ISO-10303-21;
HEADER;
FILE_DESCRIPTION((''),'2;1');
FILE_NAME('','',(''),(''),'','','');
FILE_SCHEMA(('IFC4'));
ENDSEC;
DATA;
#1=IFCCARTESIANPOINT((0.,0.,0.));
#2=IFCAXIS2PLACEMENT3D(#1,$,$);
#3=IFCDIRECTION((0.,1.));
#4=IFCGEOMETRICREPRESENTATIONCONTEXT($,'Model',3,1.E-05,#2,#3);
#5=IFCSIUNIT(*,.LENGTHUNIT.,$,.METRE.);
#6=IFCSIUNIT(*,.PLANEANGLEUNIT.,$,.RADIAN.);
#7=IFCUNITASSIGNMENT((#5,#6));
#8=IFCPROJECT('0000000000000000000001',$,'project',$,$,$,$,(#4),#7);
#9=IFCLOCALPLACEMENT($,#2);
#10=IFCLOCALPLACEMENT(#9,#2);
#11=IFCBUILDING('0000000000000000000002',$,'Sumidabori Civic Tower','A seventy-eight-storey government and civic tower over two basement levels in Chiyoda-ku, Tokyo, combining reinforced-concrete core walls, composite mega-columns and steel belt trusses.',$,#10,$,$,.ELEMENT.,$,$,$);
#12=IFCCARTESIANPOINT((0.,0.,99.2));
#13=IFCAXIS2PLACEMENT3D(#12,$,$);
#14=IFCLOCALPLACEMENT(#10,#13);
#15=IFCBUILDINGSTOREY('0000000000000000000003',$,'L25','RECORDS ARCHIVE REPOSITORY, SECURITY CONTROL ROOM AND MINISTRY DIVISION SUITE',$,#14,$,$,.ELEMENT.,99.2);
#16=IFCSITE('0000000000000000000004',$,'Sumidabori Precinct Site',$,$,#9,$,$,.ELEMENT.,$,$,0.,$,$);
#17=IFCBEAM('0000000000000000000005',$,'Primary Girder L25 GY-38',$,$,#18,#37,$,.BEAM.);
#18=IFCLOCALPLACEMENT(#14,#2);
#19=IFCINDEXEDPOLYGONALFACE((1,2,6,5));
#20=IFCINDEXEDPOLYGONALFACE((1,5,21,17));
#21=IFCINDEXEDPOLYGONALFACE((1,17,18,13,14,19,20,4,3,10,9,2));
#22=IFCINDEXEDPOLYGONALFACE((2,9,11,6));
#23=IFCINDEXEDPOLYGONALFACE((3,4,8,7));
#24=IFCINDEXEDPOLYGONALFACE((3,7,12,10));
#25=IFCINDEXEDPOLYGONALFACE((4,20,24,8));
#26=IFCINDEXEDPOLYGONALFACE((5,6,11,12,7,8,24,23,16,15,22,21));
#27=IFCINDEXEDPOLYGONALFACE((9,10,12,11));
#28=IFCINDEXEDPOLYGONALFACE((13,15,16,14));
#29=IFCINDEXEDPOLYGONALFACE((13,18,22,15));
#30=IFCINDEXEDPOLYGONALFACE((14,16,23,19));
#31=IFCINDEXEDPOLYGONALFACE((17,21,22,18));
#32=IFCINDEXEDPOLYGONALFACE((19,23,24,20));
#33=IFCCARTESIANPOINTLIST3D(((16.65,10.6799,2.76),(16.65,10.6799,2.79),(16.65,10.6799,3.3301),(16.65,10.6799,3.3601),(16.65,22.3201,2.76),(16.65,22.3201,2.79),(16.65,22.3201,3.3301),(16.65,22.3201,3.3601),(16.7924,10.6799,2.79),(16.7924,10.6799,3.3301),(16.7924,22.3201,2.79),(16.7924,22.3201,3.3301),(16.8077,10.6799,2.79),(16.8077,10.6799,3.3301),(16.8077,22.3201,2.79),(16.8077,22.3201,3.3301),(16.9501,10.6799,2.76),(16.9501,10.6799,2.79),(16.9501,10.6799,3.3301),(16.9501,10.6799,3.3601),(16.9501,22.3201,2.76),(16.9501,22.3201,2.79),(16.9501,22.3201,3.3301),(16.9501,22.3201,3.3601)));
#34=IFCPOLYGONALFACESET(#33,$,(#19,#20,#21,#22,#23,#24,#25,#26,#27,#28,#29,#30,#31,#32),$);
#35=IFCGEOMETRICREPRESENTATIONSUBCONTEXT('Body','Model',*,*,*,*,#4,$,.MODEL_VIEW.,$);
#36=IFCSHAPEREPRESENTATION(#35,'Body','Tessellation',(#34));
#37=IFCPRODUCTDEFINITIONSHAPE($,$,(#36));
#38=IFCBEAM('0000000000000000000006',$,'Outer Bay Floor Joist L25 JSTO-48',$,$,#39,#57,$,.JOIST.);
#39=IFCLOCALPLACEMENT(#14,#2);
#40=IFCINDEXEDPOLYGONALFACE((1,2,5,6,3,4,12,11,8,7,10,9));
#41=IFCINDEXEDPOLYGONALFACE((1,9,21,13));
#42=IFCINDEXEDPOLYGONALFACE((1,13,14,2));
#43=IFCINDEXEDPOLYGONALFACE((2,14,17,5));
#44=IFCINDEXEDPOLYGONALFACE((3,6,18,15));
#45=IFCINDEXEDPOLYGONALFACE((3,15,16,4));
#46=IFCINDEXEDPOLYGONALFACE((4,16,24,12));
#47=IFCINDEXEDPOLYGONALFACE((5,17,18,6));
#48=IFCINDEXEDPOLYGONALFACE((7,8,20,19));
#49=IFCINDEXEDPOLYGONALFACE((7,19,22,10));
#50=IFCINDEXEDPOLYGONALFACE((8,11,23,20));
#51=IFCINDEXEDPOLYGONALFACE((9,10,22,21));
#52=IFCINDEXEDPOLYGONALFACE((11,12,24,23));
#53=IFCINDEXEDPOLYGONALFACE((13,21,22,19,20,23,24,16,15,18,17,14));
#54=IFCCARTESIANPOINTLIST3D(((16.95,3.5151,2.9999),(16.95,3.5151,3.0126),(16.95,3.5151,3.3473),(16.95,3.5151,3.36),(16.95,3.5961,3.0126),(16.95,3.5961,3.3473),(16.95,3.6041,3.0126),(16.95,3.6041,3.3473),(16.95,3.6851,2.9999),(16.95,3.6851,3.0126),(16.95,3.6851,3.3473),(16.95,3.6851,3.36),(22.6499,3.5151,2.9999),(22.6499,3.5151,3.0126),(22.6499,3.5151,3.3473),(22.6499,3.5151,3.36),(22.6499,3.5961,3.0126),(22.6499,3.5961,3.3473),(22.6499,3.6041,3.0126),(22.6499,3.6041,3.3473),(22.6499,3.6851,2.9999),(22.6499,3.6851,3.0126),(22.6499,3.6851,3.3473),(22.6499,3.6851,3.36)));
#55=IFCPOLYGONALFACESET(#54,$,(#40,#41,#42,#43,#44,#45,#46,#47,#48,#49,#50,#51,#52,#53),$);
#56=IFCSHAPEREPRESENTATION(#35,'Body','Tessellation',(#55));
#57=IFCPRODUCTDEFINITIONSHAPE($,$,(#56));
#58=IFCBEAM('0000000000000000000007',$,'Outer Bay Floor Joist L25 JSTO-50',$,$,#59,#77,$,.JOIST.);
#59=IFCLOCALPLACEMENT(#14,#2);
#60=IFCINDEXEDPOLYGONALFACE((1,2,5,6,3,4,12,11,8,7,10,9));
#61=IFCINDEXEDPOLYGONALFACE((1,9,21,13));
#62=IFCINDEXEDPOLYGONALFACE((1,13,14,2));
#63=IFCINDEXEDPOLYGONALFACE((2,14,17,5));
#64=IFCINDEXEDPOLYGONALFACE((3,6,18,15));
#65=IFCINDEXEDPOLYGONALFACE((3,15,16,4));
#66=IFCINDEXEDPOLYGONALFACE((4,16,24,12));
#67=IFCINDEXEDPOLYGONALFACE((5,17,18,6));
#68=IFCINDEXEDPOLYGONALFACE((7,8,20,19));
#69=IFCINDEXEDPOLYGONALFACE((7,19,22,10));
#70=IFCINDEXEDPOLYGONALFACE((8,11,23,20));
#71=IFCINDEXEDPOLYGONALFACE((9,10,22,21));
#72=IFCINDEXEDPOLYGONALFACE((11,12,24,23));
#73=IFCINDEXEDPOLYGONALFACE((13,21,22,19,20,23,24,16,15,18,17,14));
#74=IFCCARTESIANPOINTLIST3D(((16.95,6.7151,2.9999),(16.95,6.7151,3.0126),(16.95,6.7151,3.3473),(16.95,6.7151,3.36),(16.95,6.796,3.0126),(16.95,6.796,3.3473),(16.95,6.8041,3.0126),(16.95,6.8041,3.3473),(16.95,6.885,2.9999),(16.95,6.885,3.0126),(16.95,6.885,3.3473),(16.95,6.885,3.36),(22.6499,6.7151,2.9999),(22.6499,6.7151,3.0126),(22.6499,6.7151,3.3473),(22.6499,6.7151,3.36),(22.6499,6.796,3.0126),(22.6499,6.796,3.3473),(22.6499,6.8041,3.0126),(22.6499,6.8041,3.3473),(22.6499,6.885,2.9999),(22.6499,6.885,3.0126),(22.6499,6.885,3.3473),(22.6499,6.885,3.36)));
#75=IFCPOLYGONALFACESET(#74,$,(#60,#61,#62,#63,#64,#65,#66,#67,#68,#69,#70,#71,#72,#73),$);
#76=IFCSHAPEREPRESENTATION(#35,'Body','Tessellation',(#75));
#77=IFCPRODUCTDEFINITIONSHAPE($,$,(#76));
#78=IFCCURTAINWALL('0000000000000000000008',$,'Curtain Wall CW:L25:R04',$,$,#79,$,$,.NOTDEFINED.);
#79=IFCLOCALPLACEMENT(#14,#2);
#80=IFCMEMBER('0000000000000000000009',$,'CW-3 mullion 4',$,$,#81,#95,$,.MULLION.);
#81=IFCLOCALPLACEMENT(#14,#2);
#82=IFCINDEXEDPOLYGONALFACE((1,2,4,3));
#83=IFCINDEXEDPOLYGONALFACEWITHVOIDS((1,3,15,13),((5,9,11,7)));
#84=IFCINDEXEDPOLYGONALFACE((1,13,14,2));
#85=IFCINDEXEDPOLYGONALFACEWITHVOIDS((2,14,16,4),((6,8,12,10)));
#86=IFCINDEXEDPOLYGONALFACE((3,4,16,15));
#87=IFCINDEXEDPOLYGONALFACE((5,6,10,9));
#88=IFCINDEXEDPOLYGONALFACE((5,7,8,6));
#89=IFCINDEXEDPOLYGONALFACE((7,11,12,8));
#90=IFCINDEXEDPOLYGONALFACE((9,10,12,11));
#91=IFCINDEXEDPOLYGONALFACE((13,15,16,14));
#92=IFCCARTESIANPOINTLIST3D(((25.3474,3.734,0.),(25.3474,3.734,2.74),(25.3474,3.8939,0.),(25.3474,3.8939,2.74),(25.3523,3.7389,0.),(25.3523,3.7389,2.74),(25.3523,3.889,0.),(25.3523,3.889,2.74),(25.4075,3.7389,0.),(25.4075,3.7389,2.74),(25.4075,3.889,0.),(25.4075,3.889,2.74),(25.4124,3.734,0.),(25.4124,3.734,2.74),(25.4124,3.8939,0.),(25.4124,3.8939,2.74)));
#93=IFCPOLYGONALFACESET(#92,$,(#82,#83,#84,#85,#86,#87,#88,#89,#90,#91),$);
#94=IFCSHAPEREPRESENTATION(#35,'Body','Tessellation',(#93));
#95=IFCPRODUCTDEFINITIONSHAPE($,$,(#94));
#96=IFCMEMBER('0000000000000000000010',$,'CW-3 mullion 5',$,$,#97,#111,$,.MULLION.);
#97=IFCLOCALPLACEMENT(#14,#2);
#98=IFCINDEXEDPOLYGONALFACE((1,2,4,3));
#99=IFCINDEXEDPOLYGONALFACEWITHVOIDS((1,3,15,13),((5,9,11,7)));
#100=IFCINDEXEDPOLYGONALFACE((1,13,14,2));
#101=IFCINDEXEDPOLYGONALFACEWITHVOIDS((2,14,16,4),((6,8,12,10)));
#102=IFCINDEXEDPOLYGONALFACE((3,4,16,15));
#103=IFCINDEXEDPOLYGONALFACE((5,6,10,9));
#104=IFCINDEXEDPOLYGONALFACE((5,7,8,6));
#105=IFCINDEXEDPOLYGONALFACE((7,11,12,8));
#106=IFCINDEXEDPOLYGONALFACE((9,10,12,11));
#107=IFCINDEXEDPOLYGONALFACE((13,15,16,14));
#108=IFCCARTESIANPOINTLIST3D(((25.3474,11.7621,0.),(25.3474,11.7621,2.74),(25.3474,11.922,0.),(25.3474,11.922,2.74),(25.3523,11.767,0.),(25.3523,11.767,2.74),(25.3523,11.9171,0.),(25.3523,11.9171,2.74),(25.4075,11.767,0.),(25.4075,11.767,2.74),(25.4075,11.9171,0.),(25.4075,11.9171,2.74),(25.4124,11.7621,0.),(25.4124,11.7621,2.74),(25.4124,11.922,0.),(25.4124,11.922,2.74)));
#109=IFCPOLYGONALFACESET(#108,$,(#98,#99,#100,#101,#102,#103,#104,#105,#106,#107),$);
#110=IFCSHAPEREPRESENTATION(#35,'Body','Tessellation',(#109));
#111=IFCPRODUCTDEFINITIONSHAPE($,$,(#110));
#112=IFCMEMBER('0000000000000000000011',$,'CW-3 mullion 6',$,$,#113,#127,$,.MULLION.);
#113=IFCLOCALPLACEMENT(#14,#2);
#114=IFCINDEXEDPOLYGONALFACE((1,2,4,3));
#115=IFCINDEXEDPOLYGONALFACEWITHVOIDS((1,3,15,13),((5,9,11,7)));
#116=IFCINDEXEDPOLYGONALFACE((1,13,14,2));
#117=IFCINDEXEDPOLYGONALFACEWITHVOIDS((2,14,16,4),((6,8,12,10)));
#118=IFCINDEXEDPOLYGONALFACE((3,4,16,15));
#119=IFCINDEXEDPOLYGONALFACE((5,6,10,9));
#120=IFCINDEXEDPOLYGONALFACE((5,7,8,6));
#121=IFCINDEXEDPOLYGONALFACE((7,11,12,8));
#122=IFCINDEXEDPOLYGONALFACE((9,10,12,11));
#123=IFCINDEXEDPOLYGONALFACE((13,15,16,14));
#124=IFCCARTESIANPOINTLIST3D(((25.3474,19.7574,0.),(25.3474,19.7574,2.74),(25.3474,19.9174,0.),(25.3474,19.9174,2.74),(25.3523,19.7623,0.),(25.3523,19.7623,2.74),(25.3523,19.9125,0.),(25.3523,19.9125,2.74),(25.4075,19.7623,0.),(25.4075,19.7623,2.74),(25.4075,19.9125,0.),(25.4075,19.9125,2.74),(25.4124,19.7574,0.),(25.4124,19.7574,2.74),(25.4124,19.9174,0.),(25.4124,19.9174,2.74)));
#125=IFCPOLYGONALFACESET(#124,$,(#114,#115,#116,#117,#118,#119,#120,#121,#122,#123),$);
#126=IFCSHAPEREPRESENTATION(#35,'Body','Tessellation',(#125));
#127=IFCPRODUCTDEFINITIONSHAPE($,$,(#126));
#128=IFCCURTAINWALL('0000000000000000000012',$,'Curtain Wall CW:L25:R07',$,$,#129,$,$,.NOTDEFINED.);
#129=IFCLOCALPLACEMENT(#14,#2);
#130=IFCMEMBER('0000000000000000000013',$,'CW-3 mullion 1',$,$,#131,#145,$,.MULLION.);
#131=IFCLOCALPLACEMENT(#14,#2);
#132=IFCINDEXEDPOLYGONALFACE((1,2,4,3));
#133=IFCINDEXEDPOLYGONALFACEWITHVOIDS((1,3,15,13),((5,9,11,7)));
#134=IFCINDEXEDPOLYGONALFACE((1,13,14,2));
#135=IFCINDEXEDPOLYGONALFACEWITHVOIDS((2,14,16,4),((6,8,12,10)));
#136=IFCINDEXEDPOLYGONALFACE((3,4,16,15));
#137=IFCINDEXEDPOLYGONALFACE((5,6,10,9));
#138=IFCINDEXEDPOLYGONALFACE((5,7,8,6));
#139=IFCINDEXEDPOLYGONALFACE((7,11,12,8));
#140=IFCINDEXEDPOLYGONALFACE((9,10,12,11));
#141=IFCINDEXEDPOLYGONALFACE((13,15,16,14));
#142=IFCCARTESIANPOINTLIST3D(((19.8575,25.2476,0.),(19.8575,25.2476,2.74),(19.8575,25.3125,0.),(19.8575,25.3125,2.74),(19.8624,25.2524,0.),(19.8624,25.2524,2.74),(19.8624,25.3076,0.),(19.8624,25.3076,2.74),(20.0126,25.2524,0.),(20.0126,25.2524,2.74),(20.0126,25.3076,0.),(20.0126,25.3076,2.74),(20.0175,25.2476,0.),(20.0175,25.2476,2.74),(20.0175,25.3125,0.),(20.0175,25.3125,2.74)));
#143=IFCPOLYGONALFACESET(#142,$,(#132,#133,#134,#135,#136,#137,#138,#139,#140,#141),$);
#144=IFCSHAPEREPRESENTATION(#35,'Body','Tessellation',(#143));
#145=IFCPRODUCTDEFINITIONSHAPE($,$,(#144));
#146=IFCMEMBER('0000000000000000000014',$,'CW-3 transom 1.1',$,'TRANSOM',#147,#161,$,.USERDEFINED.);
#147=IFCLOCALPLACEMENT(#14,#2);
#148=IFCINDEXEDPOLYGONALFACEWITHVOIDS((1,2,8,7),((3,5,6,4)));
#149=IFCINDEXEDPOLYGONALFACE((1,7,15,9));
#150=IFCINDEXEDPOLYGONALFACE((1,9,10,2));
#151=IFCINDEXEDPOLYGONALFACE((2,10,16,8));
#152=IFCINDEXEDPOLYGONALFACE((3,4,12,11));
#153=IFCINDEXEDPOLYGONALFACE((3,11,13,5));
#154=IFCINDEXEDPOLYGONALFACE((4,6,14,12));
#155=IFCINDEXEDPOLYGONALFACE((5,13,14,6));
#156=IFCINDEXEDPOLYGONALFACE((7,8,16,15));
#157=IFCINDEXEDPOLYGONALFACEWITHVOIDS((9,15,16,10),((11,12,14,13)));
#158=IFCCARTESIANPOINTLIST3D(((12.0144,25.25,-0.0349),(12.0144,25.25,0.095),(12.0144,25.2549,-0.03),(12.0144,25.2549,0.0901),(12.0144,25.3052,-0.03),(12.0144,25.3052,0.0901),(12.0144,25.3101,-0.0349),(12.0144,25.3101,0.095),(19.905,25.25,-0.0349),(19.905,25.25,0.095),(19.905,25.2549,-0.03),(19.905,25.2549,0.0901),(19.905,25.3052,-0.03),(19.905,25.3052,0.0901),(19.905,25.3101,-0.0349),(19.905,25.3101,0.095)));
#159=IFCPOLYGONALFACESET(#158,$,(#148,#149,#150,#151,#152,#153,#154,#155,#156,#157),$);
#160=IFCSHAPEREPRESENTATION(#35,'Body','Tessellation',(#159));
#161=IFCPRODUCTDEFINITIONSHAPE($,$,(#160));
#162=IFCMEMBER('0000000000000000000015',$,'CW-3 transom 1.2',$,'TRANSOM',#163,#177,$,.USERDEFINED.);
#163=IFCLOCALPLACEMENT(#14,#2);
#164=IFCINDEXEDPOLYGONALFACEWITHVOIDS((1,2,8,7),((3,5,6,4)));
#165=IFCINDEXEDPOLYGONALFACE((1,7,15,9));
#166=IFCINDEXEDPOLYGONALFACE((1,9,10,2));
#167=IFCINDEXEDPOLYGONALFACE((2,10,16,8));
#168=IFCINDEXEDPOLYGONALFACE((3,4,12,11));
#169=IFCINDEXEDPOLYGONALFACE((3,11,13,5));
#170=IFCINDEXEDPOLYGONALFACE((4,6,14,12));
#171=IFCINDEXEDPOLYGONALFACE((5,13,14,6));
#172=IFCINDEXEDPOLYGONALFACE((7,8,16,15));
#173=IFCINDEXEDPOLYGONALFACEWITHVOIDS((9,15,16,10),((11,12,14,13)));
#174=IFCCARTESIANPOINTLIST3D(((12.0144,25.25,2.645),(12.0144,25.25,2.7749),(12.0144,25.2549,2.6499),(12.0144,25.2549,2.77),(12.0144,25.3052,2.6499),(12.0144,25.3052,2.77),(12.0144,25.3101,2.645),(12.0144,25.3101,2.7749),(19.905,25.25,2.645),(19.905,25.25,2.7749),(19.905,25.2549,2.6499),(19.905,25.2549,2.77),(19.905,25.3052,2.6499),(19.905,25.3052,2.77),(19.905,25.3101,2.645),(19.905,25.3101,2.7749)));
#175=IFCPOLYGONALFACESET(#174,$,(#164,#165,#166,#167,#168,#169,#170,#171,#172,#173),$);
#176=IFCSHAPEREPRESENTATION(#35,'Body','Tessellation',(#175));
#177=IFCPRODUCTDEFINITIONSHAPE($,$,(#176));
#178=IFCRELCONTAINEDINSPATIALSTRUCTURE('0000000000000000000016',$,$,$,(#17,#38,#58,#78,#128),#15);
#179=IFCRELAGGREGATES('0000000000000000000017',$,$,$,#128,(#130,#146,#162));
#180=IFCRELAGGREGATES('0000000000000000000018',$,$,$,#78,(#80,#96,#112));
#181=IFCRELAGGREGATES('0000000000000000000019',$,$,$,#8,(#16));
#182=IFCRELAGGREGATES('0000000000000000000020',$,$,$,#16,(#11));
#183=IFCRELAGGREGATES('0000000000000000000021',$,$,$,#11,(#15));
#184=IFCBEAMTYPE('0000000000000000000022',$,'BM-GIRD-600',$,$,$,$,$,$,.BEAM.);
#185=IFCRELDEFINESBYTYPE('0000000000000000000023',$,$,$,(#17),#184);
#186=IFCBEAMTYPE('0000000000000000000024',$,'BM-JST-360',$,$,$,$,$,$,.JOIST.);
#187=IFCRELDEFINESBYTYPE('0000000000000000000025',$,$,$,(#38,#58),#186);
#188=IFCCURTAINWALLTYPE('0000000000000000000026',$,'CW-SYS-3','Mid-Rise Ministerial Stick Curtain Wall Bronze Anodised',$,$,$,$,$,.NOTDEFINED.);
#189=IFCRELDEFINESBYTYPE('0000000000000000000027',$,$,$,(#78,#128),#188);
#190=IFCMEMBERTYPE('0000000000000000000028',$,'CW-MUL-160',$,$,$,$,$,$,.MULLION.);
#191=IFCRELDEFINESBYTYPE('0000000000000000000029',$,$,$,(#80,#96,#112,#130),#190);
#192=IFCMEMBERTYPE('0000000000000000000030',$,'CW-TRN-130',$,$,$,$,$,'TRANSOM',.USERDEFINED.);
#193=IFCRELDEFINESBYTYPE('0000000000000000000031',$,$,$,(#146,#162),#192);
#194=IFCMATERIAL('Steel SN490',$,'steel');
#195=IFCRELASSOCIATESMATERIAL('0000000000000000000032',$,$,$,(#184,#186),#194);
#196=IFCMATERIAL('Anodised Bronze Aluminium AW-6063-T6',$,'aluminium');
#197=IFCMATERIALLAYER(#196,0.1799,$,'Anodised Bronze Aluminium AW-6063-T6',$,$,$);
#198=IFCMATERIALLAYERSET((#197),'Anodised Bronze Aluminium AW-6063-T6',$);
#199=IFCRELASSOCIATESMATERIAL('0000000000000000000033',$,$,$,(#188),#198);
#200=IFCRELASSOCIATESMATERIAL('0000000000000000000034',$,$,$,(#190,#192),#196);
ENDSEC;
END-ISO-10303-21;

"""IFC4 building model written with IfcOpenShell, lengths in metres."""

from ifc_helpers import new_model, si_unit, direction, frame, origin, origin_2d, place, context, subcontext, project, spatial, hollow_rectangle, i_section, extrude, source, transform, mapped, material, layer, layer_set, material_profile, profile_set, type_object, element, aggregate, save


model = new_model("IFC4")

# Units and contexts
model_context = context("Model", 3, precision=1e-05, world=origin(), true_north=direction((0.0, 1.0)))
body_context = subcontext(model_context, "Body", "Model", "MODEL_VIEW")
ifc_project = project(units=[si_unit("LENGTHUNIT", "METRE"), si_unit("PLANEANGLEUNIT", "RADIAN")], contexts=[model_context])

# Site, building, storey
site_placement = place(None, origin())
site = spatial("IfcSite", under=ifc_project, at=site_placement, Name="Sumidabori Precinct Site", CompositionType="ELEMENT", RefElevation=0.0)
building_placement = place(site_placement, origin())
building = spatial("IfcBuilding", under=site, at=building_placement, Name="Sumidabori Civic Tower", Description="A seventy-eight-storey government and civic tower over two basement levels in Chiyoda-ku, Tokyo, combining reinforced-concrete core walls, composite mega-columns and steel belt trusses.", CompositionType="ELEMENT")
storey_placement = place(building_placement, frame((0.0, 0.0, 99.2)))
storey = spatial("IfcBuildingStorey", under=building, at=storey_placement, Name="L25", Description="RECORDS ARCHIVE REPOSITORY, SECURITY CONTROL ROOM AND MINISTRY DIVISION SUITE", CompositionType="ELEMENT", Elevation=99.2)

# Beams
ifc_material_1 = material(Name="Steel SN490", Category="steel")
ifc_material_profile_1 = material_profile(ifc_material_1, i_section(OverallWidth=0.3, OverallDepth=0.6001, WebThickness=0.0154, FlangeThickness=0.03, at=origin_2d()), Name="HE 600 B")
ifc_profile_set_1 = profile_set([ifc_material_profile_1], Name="Steel SN490")
beam_type_1 = type_object("IfcBeamType", Name="BM-GIRD-600", PredefinedType="BEAM", material=ifc_profile_set_1)
shared_shape_1 = source(origin(), body_context, "Body", "SweptSolid", [
    extrude(i_section(OverallWidth=0.3, OverallDepth=0.6001, WebThickness=0.0154, FlangeThickness=0.03, at=origin_2d()), origin(), (0.0, 0.0, 1.0), 11.6401),
])
beam_1_placement = place(storey_placement, frame((16.8, 10.6799, 3.0601), z_axis=(0.0, 1.0, 0.0), x_axis=(-1.0, 0.0, 0.0)))
element("IfcBeam", 1, at=beam_1_placement, inside=storey, type_object=beam_type_1, Name="Primary Girder L25 GY-38", PredefinedType="BEAM", context=body_context, shape_type="MappedRepresentation", body=[
    mapped(shared_shape_1, transform((0.0, 0.0, 0.0), x_axis=(1.0, 0.0, 0.0), y_axis=(0.0, 1.0, 0.0), z_axis=(0.0, 0.0, 1.0), scale=1.0)),
])
ifc_material_profile_2 = material_profile(ifc_material_1, i_section(OverallWidth=0.1699, OverallDepth=0.3601, WebThickness=0.0081, FlangeThickness=0.0127, at=origin_2d()), Name="IPE 360")
ifc_profile_set_2 = profile_set([ifc_material_profile_2], Name="Steel SN490")
beam_type_2 = type_object("IfcBeamType", Name="BM-JST-360", PredefinedType="JOIST", material=ifc_profile_set_2)
shared_shape_2 = source(origin(), body_context, "Body", "SweptSolid", [
    extrude(i_section(OverallWidth=0.1699, OverallDepth=0.3601, WebThickness=0.0081, FlangeThickness=0.0127, at=origin_2d()), origin(), (0.0, 0.0, 1.0), 5.7),
])
for number, where, z_axis, x_axis, name in (
    (2, (16.95, 3.6001, 3.1799), (1.0, 0.0, 0.0), (0.0, 1.0, 0.0), "Outer Bay Floor Joist L25 JSTO-48"),
    (3, (16.95, 6.8, 3.1799), (1.0, 0.0, 0.0), (0.0, 1.0, 0.0), "Outer Bay Floor Joist L25 JSTO-50"),
):
    element("IfcBeam", number, at=place(storey_placement, frame(where, z_axis=z_axis, x_axis=x_axis)), inside=storey, type_object=beam_type_2, Name=name, PredefinedType="JOIST", context=body_context, shape_type="MappedRepresentation", body=[
        mapped(shared_shape_2, transform((0.0, 0.0, 0.0), x_axis=(1.0, 0.0, 0.0), y_axis=(0.0, 1.0, 0.0), z_axis=(0.0, 0.0, 1.0), scale=1.0)),
    ])

# Curtain walls, members
ifc_material_2 = material(Name="Anodised Bronze Aluminium AW-6063-T6", Category="aluminium")
ifc_layer_1 = layer(ifc_material_2, 0.1799, Name="Anodised Bronze Aluminium AW-6063-T6")
ifc_layer_set_1 = layer_set([ifc_layer_1], Name="Anodised Bronze Aluminium AW-6063-T6")
curtain_wall_type = type_object("IfcCurtainWallType", Name="CW-SYS-3", Description="Mid-Rise Ministerial Stick Curtain Wall Bronze Anodised", PredefinedType="NOTDEFINED", material=ifc_layer_set_1)
curtain_wall_1_placement = place(storey_placement, origin())
curtain_wall_1 = element("IfcCurtainWall", 4, at=curtain_wall_1_placement, inside=storey, type_object=curtain_wall_type, Name="Curtain Wall CW:L25:R04", PredefinedType="NOTDEFINED")
ifc_material_profile_3 = material_profile(ifc_material_2, hollow_rectangle(XDim=0.0649, YDim=0.1599, WallThickness=0.0049, at=origin_2d()), Name="ALU MULLION 160x65")
ifc_profile_set_3 = profile_set([ifc_material_profile_3], Name="Anodised Bronze Aluminium AW-6063-T6")
member_type_1 = type_object("IfcMemberType", Name="CW-MUL-160", PredefinedType="MULLION", material=ifc_profile_set_3)
shared_shape_3 = source(origin(), body_context, "Body", "SweptSolid", [
    extrude(hollow_rectangle(XDim=0.0649, YDim=0.1599, WallThickness=0.0049, at=origin_2d()), origin(), (0.0, 0.0, 1.0), 2.74),
])
member_1_placement = place(storey_placement, frame((25.3799, 3.814, 0.0), z_axis=(0.0, 0.0, 1.0), x_axis=(-1.0, 0.0, 0.0)))
member_1 = element("IfcMember", 5, at=member_1_placement, type_object=member_type_1, Name="CW-3 mullion 4", PredefinedType="MULLION", context=body_context, shape_type="MappedRepresentation", body=[
    mapped(shared_shape_3, transform((0.0, 0.0, 0.0), x_axis=(1.0, 0.0, 0.0), y_axis=(0.0, 1.0, 0.0), z_axis=(0.0, 0.0, 1.0), scale=1.0)),
])
member_2_placement = place(storey_placement, frame((25.3799, 11.842, 0.0), z_axis=(0.0, 0.0, 1.0), x_axis=(-1.0, 0.0, 0.0)))
member_2 = element("IfcMember", 6, at=member_2_placement, type_object=member_type_1, Name="CW-3 mullion 5", PredefinedType="MULLION", context=body_context, shape_type="MappedRepresentation", body=[
    mapped(shared_shape_3, transform((0.0, 0.0, 0.0), x_axis=(1.0, 0.0, 0.0), y_axis=(0.0, 1.0, 0.0), z_axis=(0.0, 0.0, 1.0), scale=1.0)),
])
member_3_placement = place(storey_placement, frame((25.3799, 19.8374, 0.0), z_axis=(0.0, 0.0, 1.0), x_axis=(-1.0, 0.0, 0.0)))
member_3 = element("IfcMember", 7, at=member_3_placement, type_object=member_type_1, Name="CW-3 mullion 6", PredefinedType="MULLION", context=body_context, shape_type="MappedRepresentation", body=[
    mapped(shared_shape_3, transform((0.0, 0.0, 0.0), x_axis=(1.0, 0.0, 0.0), y_axis=(0.0, 1.0, 0.0), z_axis=(0.0, 0.0, 1.0), scale=1.0)),
])
curtain_wall_2_placement = place(storey_placement, origin())
curtain_wall_2 = element("IfcCurtainWall", 8, at=curtain_wall_2_placement, inside=storey, type_object=curtain_wall_type, Name="Curtain Wall CW:L25:R07", PredefinedType="NOTDEFINED")
member_4_placement = place(storey_placement, frame((19.9375, 25.28, 0.0), z_axis=(0.0, 0.0, 1.0), x_axis=(0.0, -1.0, 0.0)))
member_4 = element("IfcMember", 9, at=member_4_placement, type_object=member_type_1, Name="CW-3 mullion 1", PredefinedType="MULLION", context=body_context, shape_type="MappedRepresentation", body=[
    mapped(shared_shape_3, transform((0.0, 0.0, 0.0), x_axis=(1.0, 0.0, 0.0), y_axis=(0.0, 1.0, 0.0), z_axis=(0.0, 0.0, 1.0), scale=1.0)),
])
ifc_material_profile_4 = material_profile(ifc_material_2, hollow_rectangle(XDim=0.0601, YDim=0.1299, WallThickness=0.0049, at=origin_2d()), Name="ALU TRANSOM 130x60")
ifc_profile_set_4 = profile_set([ifc_material_profile_4], Name="Anodised Bronze Aluminium AW-6063-T6")
member_type_2 = type_object("IfcMemberType", Name="CW-TRN-130", ElementType="TRANSOM", PredefinedType="USERDEFINED", material=ifc_profile_set_4)
shared_shape_4 = source(origin(), body_context, "Body", "SweptSolid", [
    extrude(hollow_rectangle(XDim=0.0601, YDim=0.1299, WallThickness=0.0049, at=origin_2d()), origin(), (0.0, 0.0, 1.0), 7.8906),
])
member_5_placement = place(storey_placement, frame((19.905, 25.28, 0.03), z_axis=(-1.0, 0.0, 0.0), x_axis=(0.0, -1.0, 0.0)))
member_5 = element("IfcMember", 10, at=member_5_placement, type_object=member_type_2, Name="CW-3 transom 1.1", ObjectType="TRANSOM", PredefinedType="USERDEFINED", context=body_context, shape_type="MappedRepresentation", body=[
    mapped(shared_shape_4, transform((0.0, 0.0, 0.0), x_axis=(1.0, 0.0, 0.0), y_axis=(0.0, 1.0, 0.0), z_axis=(0.0, 0.0, 1.0), scale=1.0)),
])
member_6_placement = place(storey_placement, frame((19.905, 25.28, 2.71), z_axis=(-1.0, 0.0, 0.0), x_axis=(0.0, -1.0, 0.0)))
member_6 = element("IfcMember", 11, at=member_6_placement, type_object=member_type_2, Name="CW-3 transom 1.2", ObjectType="TRANSOM", PredefinedType="USERDEFINED", context=body_context, shape_type="MappedRepresentation", body=[
    mapped(shared_shape_4, transform((0.0, 0.0, 0.0), x_axis=(1.0, 0.0, 0.0), y_axis=(0.0, 1.0, 0.0), z_axis=(0.0, 0.0, 1.0), scale=1.0)),
])

aggregate(curtain_wall_2, [member_4, member_5, member_6])
aggregate(curtain_wall_1, [member_1, member_2, member_3])

save(model, "model.ifc")
